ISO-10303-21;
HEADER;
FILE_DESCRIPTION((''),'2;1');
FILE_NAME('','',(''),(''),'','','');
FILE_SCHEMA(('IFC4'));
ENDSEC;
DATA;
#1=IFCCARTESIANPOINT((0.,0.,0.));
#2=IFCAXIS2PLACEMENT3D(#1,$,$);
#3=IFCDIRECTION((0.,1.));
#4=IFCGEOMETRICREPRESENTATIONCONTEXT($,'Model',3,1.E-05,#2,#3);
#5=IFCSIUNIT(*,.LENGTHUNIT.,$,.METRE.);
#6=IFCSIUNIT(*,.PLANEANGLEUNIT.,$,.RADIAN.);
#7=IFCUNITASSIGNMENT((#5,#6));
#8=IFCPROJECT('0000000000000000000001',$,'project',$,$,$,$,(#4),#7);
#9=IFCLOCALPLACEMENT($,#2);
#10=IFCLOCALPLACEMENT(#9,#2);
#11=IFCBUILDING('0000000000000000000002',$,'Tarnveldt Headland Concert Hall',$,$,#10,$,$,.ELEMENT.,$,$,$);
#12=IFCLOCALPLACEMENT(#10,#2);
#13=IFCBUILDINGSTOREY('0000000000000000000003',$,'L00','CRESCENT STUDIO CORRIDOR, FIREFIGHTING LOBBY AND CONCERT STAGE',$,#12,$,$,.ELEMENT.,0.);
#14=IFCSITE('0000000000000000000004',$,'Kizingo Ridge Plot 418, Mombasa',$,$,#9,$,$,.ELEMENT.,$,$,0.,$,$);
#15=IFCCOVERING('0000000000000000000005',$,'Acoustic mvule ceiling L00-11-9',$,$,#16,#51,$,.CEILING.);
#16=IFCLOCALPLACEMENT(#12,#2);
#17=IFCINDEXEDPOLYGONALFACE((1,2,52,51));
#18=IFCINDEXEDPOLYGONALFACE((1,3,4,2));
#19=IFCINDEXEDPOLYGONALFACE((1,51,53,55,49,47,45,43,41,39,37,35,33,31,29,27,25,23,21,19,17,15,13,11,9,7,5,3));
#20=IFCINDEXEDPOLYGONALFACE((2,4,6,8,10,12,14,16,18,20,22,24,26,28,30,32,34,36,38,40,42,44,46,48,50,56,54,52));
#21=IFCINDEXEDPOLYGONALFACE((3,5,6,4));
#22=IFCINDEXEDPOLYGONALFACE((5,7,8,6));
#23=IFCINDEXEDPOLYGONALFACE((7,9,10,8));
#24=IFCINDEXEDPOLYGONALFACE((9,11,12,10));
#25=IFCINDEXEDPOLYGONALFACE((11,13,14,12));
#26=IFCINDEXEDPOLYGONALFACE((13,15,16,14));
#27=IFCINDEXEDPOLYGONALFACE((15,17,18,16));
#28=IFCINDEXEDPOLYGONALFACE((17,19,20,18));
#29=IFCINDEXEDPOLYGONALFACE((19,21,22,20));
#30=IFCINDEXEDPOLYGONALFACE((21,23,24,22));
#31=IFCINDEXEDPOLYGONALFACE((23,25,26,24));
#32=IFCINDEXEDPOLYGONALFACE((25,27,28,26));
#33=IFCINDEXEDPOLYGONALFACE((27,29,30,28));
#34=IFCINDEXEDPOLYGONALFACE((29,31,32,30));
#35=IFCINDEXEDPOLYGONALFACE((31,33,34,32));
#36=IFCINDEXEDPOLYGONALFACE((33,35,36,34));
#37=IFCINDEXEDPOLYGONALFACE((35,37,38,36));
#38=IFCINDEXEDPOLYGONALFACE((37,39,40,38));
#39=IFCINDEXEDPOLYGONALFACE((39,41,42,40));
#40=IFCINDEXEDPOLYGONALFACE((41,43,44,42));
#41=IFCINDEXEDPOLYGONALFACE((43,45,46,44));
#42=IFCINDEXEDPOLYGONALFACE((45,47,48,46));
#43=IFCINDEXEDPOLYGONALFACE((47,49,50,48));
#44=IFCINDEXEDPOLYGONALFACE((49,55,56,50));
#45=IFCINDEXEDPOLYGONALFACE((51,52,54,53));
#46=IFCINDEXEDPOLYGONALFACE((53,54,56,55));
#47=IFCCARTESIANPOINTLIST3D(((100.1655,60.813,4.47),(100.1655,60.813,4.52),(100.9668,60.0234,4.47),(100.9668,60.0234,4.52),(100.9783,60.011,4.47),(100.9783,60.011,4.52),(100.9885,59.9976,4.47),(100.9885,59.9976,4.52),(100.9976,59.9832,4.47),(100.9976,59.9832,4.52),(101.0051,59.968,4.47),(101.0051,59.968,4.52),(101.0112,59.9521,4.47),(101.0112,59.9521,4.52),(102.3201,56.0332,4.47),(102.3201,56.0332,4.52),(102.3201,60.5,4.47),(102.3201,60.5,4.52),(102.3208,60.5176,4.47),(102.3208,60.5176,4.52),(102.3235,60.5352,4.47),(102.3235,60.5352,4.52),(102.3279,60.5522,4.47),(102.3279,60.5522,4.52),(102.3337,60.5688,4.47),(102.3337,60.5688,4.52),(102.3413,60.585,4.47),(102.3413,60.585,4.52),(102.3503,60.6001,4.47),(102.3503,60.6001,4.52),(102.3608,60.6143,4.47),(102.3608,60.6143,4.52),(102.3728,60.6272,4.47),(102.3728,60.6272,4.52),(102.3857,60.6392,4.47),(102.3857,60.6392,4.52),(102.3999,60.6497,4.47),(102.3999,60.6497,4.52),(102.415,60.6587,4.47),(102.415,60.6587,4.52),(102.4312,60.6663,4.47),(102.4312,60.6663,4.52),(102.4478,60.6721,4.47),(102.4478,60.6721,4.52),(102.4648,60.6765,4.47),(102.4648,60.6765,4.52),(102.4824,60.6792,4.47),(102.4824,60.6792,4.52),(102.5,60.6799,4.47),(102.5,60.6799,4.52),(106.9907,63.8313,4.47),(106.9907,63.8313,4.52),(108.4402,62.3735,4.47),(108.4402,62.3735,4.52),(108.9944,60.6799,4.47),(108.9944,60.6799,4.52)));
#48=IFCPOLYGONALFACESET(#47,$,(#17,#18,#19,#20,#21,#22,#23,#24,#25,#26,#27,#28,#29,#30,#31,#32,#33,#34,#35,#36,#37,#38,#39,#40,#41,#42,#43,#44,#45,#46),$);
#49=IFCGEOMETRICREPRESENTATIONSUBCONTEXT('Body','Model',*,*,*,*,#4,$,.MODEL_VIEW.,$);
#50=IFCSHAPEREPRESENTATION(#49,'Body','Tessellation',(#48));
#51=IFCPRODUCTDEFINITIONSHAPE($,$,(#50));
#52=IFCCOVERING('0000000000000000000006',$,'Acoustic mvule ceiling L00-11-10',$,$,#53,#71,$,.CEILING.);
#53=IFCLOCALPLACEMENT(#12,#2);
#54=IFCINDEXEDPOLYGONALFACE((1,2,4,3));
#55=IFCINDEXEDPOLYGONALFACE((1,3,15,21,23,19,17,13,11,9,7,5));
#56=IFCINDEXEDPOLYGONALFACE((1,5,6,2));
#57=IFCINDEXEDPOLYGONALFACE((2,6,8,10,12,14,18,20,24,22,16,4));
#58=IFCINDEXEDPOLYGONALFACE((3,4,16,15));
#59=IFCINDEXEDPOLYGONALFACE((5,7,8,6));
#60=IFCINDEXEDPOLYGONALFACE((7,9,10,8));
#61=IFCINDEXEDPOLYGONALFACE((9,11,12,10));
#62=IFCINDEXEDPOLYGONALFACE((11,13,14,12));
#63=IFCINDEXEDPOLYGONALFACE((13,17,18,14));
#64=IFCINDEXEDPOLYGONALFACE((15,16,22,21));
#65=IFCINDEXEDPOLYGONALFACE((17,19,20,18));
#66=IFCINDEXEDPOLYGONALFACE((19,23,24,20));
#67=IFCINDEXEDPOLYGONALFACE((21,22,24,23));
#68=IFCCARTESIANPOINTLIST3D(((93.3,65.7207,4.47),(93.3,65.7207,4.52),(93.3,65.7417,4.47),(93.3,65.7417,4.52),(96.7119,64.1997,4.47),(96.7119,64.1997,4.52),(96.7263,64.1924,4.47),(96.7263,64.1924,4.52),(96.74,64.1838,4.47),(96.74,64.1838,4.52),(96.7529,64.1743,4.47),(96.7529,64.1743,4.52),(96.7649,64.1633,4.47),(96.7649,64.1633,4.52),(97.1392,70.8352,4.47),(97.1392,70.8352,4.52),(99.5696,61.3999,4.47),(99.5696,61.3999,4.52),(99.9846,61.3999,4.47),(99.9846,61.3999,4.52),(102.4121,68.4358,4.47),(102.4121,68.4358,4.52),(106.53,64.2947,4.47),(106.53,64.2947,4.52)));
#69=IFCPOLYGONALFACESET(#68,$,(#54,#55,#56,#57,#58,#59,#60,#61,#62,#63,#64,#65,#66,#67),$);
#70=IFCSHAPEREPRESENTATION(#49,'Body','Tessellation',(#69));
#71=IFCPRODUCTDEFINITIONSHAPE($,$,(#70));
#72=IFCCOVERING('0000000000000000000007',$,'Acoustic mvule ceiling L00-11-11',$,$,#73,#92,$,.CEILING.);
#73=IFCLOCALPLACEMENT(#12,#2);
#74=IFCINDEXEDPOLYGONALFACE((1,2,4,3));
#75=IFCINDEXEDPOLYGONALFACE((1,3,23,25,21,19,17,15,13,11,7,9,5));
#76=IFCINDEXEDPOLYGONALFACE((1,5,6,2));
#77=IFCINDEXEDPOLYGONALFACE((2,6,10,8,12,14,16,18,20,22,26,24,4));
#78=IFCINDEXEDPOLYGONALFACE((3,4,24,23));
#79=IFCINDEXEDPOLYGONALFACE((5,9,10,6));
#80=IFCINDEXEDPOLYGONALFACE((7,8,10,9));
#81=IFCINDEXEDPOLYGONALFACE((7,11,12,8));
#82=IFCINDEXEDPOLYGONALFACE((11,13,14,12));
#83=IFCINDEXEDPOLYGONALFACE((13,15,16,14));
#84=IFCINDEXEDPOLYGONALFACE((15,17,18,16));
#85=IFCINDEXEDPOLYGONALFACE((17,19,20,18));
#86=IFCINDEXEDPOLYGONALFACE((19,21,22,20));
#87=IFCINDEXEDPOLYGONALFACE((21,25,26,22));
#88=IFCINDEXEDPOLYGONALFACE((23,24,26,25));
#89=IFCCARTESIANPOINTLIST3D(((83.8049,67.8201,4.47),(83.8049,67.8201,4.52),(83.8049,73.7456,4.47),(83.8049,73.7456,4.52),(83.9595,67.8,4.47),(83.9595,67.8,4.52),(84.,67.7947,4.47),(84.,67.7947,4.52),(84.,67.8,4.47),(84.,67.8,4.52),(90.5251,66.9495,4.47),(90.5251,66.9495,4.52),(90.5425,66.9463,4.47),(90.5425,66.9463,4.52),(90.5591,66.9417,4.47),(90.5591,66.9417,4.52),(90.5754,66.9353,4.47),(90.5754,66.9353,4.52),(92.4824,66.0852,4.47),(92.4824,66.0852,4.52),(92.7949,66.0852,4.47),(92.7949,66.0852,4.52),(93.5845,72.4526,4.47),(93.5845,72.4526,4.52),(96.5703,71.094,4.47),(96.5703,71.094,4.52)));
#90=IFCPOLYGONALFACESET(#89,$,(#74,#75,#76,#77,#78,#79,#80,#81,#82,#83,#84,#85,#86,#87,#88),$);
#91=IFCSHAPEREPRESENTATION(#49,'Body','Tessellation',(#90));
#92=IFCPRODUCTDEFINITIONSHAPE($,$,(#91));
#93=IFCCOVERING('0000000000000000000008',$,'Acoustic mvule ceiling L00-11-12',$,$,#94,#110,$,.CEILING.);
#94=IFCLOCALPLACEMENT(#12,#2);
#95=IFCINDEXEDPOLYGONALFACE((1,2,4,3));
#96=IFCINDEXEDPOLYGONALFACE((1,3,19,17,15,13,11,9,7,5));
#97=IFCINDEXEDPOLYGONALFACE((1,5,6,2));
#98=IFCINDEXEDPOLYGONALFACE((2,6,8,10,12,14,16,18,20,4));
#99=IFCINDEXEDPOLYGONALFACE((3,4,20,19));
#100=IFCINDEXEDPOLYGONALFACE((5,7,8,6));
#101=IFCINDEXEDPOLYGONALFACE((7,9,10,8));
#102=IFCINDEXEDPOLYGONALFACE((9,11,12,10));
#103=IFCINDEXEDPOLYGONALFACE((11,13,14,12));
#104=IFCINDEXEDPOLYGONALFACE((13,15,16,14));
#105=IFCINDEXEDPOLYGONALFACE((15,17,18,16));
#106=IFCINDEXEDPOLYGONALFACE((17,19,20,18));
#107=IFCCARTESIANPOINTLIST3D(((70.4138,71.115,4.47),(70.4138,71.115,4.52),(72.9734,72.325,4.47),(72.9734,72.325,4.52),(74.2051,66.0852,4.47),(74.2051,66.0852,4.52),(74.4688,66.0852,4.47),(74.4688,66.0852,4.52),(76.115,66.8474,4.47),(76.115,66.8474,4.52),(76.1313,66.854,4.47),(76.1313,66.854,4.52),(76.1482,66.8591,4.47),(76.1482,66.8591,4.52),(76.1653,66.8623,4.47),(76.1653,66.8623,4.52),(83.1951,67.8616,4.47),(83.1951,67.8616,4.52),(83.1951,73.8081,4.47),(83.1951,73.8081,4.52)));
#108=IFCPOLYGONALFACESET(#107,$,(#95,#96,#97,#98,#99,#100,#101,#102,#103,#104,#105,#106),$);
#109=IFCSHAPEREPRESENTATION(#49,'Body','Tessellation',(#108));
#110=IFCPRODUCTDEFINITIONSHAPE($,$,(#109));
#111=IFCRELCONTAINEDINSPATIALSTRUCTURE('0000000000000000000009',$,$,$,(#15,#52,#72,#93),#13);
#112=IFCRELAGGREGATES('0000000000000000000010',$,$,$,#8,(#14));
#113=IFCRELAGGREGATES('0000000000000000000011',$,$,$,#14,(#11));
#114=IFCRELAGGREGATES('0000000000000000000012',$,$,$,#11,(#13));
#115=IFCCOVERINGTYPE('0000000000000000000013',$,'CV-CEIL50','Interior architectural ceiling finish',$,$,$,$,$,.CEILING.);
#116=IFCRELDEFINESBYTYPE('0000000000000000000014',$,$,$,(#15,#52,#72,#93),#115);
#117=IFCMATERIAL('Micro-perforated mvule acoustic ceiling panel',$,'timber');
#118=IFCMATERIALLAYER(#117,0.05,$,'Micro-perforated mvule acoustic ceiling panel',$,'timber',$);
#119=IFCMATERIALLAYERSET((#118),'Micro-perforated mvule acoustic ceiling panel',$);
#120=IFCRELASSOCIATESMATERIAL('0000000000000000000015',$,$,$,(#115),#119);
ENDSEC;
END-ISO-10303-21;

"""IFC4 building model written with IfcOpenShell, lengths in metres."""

from ifc_helpers import new_model, si_unit, direction, frame, origin, place, context, subcontext, project, spatial, polyline, outline, extrude, material, layer, layer_set, type_object, element, save


model = new_model("IFC4")

# Units and contexts
model_context = context("Model", 3, precision=1e-05, world=origin(), true_north=direction((0.0, 1.0)))
body_context = subcontext(model_context, "Body", "Model", "MODEL_VIEW")
ifc_project = project(units=[si_unit("LENGTHUNIT", "METRE"), si_unit("PLANEANGLEUNIT", "RADIAN")], contexts=[model_context])

# Site, building, storey
site_placement = place(None, origin())
site = spatial("IfcSite", under=ifc_project, at=site_placement, Name="Kizingo Ridge Plot 418, Mombasa", CompositionType="ELEMENT", RefElevation=0.0)
building_placement = place(site_placement, origin())
building = spatial("IfcBuilding", under=site, at=building_placement, Name="Tarnveldt Headland Concert Hall", CompositionType="ELEMENT")
storey_placement = place(building_placement, origin())
storey = spatial("IfcBuildingStorey", under=building, at=storey_placement, Name="L00", Description="CRESCENT STUDIO CORRIDOR, FIREFIGHTING LOBBY AND CONCERT STAGE", CompositionType="ELEMENT", Elevation=0.0)

# Coverings
ifc_material_1 = material(Name="Micro-perforated mvule acoustic ceiling panel", Category="timber")
ifc_layer_1 = layer(ifc_material_1, 0.05, Name="Micro-perforated mvule acoustic ceiling panel", Category="timber")
ifc_layer_set_1 = layer_set([ifc_layer_1], Name="Micro-perforated mvule acoustic ceiling panel")
covering_type_1 = type_object("IfcCoveringType", Name="CV-CEIL50", Description="Interior architectural ceiling finish", PredefinedType="CEILING", material=ifc_layer_set_1)
covering_1_placement = place(storey_placement, frame((0.0, 0.0, 4.47)))
element("IfcCovering", 1, at=covering_1_placement, inside=storey, type_object=covering_type_1, Name="Acoustic mvule ceiling L00-11-9", PredefinedType="CEILING", context=body_context, shape_type="SweptSolid", body=[
    extrude(outline(polyline([(102.4312, 60.6663), (102.415, 60.6587), (102.3999, 60.6497), (102.3857, 60.6392), (102.3728, 60.6272), (102.3608, 60.6143), (102.3503, 60.6001), (102.3413, 60.585), (102.3337, 60.5688), (102.3279, 60.5522), (102.3235, 60.5352), (102.3208, 60.5176), (102.3201, 60.5), (102.3201, 56.0332), (101.0112, 59.9521), (101.0051, 59.968), (100.9976, 59.9832), (100.9885, 59.9976), (100.9783, 60.011), (100.9668, 60.0234), (100.1655, 60.813), (106.9907, 63.8313), (108.4402, 62.3735), (108.9944, 60.6799), (102.5, 60.6799), (102.4824, 60.6792), (102.4648, 60.6765), (102.4478, 60.6721), (102.4312, 60.6663)])), origin(), (0.0, 0.0, 1.0), 0.05),
])
covering_2_placement = place(storey_placement, frame((0.0, 0.0, 4.47)))
element("IfcCovering", 2, at=covering_2_placement, inside=storey, type_object=covering_type_1, Name="Acoustic mvule ceiling L00-11-10", PredefinedType="CEILING", context=body_context, shape_type="SweptSolid", body=[
    extrude(outline(polyline([(96.7119, 64.1997), (93.3, 65.7207), (93.3, 65.7417), (97.1392, 70.8352), (102.4121, 68.4358), (106.53, 64.2947), (99.9846, 61.3999), (99.5696, 61.3999), (96.7649, 64.1633), (96.7529, 64.1743), (96.74, 64.1838), (96.7263, 64.1924), (96.7119, 64.1997)])), origin(), (0.0, 0.0, 1.0), 0.05),
])
covering_3_placement = place(storey_placement, frame((0.0, 0.0, 4.47)))
element("IfcCovering", 3, at=covering_3_placement, inside=storey, type_object=covering_type_1, Name="Acoustic mvule ceiling L00-11-11", PredefinedType="CEILING", context=body_context, shape_type="SweptSolid", body=[
    extrude(outline(polyline([(90.5251, 66.9495), (84.0, 67.7947), (84.0, 67.8), (83.9595, 67.8), (83.8049, 67.8201), (83.8049, 73.7456), (93.5845, 72.4526), (96.5703, 71.094), (92.7949, 66.0852), (92.4824, 66.0852), (90.5754, 66.9353), (90.5591, 66.9417), (90.5425, 66.9463), (90.5251, 66.9495)])), origin(), (0.0, 0.0, 1.0), 0.05),
])
covering_4_placement = place(storey_placement, frame((0.0, 0.0, 4.47)))
element("IfcCovering", 4, at=covering_4_placement, inside=storey, type_object=covering_type_1, Name="Acoustic mvule ceiling L00-11-12", PredefinedType="CEILING", context=body_context, shape_type="SweptSolid", body=[
    extrude(outline(polyline([(76.115, 66.8474), (74.4688, 66.0852), (74.2051, 66.0852), (70.4138, 71.115), (72.9734, 72.325), (83.1951, 73.8081), (83.1951, 67.8616), (76.1653, 66.8623), (76.1482, 66.8591), (76.1313, 66.854), (76.115, 66.8474)])), origin(), (0.0, 0.0, 1.0), 0.05),
])

save(model, "model.ifc")
